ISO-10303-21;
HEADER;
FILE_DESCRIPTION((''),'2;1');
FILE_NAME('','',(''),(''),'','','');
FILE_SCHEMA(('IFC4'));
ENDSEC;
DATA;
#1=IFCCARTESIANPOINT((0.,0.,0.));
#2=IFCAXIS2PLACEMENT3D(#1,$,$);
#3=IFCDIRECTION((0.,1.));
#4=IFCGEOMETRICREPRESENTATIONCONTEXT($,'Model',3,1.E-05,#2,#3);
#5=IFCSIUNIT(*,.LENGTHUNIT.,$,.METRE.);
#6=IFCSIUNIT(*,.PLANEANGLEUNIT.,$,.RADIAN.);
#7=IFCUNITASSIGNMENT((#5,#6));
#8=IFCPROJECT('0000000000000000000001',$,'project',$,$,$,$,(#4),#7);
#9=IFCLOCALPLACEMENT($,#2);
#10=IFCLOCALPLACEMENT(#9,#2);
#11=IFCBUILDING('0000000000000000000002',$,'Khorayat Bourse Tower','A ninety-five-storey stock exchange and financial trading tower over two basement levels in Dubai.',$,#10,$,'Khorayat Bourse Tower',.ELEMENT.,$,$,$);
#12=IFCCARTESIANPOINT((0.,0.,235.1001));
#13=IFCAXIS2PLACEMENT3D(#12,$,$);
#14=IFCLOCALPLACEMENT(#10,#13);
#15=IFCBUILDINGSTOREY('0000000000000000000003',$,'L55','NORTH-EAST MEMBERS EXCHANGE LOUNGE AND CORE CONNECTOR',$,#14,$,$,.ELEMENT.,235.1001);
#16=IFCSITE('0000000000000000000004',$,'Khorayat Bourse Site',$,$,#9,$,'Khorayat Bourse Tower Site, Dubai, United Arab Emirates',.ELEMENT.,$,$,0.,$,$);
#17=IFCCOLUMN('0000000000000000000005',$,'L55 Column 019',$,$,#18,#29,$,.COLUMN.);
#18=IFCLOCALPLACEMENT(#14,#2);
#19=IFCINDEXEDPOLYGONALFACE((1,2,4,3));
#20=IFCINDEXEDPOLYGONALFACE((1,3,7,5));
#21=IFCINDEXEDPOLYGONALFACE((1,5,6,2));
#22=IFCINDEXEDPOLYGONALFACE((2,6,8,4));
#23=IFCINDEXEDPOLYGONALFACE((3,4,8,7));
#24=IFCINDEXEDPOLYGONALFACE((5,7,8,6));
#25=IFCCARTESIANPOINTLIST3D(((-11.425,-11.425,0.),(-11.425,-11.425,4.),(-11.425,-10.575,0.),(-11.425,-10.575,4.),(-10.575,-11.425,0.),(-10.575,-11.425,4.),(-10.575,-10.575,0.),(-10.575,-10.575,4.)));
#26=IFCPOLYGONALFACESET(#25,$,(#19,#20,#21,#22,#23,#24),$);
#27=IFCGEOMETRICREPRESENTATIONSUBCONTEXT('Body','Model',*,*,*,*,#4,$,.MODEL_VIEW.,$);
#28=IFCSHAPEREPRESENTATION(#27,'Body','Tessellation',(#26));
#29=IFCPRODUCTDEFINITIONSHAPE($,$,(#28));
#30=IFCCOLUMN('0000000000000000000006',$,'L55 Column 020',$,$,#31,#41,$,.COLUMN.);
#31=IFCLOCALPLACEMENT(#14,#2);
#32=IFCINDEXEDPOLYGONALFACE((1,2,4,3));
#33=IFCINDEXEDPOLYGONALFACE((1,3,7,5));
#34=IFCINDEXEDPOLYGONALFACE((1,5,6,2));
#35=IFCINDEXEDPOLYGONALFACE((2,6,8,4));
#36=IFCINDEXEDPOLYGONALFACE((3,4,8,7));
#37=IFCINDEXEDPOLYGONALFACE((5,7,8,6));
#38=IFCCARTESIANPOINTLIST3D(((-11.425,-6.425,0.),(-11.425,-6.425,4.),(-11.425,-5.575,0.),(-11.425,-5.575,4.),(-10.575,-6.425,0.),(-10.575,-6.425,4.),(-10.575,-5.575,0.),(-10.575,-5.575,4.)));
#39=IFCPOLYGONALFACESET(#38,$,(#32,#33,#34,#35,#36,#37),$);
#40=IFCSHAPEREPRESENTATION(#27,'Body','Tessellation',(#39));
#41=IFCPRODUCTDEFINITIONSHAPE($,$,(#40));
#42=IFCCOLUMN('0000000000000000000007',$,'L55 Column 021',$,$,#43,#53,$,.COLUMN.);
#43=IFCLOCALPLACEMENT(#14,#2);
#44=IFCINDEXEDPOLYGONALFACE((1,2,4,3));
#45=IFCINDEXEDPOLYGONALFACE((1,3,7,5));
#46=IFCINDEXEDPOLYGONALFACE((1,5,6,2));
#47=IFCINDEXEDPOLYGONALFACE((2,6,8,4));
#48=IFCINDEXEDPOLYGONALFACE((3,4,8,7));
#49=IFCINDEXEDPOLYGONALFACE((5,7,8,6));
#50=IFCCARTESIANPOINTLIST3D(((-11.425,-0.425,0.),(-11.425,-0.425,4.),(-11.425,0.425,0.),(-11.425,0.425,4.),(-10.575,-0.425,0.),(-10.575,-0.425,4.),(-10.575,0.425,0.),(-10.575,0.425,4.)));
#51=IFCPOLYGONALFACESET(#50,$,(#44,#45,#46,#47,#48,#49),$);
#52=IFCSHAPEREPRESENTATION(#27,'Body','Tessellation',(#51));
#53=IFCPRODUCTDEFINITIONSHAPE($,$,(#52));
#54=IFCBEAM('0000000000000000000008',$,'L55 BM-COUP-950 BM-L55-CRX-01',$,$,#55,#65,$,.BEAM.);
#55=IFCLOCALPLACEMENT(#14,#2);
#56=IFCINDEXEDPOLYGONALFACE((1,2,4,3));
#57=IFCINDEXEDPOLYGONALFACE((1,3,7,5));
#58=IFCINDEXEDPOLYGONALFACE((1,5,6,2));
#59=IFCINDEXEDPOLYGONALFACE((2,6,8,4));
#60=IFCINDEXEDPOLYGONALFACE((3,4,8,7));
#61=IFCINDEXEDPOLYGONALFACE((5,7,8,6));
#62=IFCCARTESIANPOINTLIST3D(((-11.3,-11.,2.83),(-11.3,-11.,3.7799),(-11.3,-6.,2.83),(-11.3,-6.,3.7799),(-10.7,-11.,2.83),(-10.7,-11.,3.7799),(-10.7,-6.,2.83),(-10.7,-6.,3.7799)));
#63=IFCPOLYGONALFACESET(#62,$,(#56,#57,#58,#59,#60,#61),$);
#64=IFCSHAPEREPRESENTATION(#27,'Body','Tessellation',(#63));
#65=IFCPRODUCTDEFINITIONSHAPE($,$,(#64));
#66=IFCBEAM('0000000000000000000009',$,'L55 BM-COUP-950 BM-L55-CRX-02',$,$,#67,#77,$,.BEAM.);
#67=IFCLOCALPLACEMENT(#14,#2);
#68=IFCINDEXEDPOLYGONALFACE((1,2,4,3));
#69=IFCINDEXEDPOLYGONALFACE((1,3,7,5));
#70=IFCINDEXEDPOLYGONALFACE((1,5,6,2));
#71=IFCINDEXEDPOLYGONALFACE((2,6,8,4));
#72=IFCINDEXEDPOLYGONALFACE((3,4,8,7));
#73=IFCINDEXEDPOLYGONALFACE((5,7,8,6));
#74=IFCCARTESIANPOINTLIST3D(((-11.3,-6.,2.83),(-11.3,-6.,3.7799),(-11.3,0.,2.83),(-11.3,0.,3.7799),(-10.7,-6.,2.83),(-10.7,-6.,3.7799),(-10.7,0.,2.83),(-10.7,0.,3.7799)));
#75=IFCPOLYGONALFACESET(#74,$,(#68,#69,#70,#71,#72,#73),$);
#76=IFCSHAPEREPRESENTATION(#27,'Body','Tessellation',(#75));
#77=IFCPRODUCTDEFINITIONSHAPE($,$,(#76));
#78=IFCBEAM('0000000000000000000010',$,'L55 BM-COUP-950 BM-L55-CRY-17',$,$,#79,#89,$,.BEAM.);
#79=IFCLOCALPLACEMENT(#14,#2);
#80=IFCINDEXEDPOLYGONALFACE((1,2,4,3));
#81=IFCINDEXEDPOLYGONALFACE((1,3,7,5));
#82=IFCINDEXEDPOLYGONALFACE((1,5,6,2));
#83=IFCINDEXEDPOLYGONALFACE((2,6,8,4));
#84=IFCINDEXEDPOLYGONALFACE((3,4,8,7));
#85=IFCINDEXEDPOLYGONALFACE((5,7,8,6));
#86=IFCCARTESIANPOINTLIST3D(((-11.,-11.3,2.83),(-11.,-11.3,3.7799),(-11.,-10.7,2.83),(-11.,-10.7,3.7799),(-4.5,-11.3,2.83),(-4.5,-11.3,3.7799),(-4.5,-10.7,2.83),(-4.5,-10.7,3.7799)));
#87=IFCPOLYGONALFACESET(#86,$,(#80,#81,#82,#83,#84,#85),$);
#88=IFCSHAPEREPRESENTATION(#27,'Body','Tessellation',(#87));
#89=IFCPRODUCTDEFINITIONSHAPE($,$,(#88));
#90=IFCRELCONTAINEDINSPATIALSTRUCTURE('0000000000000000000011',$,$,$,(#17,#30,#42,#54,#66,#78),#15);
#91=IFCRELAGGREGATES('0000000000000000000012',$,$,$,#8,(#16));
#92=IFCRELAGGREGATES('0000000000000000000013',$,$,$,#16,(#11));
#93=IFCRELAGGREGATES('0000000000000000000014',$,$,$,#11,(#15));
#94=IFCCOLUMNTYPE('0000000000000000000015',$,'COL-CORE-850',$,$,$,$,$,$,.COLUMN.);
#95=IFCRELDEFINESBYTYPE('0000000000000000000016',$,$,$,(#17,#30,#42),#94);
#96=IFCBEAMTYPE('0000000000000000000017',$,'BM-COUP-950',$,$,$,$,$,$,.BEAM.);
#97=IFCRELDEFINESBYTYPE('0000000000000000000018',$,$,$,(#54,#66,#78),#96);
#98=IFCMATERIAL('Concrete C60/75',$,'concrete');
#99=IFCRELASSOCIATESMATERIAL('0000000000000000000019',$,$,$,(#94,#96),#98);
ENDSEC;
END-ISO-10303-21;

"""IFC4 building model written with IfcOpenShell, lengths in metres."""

from ifc_helpers import new_model, si_unit, direction, frame, origin, origin_2d, place, context, subcontext, project, spatial, rectangle, extrude, source, transform, mapped, material, material_profile, profile_set, type_object, element, save


model = new_model("IFC4")

# Units and contexts
model_context = context("Model", 3, precision=1e-05, world=origin(), true_north=direction((0.0, 1.0)))
body_context = subcontext(model_context, "Body", "Model", "MODEL_VIEW")
ifc_project = project(units=[si_unit("LENGTHUNIT", "METRE"), si_unit("PLANEANGLEUNIT", "RADIAN")], contexts=[model_context])

# Site, building, storey
site_placement = place(None, origin())
site = spatial("IfcSite", under=ifc_project, at=site_placement, Name="Khorayat Bourse Site", LongName="Khorayat Bourse Tower Site, Dubai, United Arab Emirates", CompositionType="ELEMENT", RefElevation=0.0)
building_placement = place(site_placement, origin())
building = spatial("IfcBuilding", under=site, at=building_placement, Name="Khorayat Bourse Tower", Description="A ninety-five-storey stock exchange and financial trading tower over two basement levels in Dubai.", LongName="Khorayat Bourse Tower", CompositionType="ELEMENT")
storey_placement = place(building_placement, frame((0.0, 0.0, 235.1001)))
storey = spatial("IfcBuildingStorey", under=building, at=storey_placement, Name="L55", Description="NORTH-EAST MEMBERS EXCHANGE LOUNGE AND CORE CONNECTOR", CompositionType="ELEMENT", Elevation=235.1001)

# Columns
ifc_material_1 = material(Name="Concrete C60/75", Category="concrete")
ifc_material_profile_1 = material_profile(ifc_material_1, rectangle(XDim=0.8501, YDim=0.8501, at=origin_2d()), Name="RC 850x850")
ifc_profile_set_1 = profile_set([ifc_material_profile_1], Name="Concrete C60/75")
column_type = type_object("IfcColumnType", Name="COL-CORE-850", PredefinedType="COLUMN", material=ifc_profile_set_1)
shared_shape_1 = source(origin(), body_context, "Body", "SweptSolid", [
    extrude(rectangle(XDim=0.8501, YDim=0.8501, at=origin_2d()), origin(), (0.0, 0.0, 1.0), 4.0),
])
for number, where, z_axis, x_axis, name in (
    (1, (-11.0, -11.0, 0.0), (0.0, 0.0, 1.0), (1.0, 0.0, 0.0), "L55 Column 019"),
    (2, (-11.0, -6.0, 0.0), (0.0, 0.0, 1.0), (1.0, 0.0, 0.0), "L55 Column 020"),
    (3, (-11.0, 0.0, 0.0), (0.0, 0.0, 1.0), (1.0, 0.0, 0.0), "L55 Column 021"),
):
    element("IfcColumn", number, at=place(storey_placement, frame(where, z_axis=z_axis, x_axis=x_axis)), inside=storey, type_object=column_type, Name=name, PredefinedType="COLUMN", context=body_context, shape_type="MappedRepresentation", body=[
        mapped(shared_shape_1, transform((0.0, 0.0, 0.0), scale=1.0)),
    ])

# Beams
ifc_material_profile_2 = material_profile(ifc_material_1, rectangle(XDim=0.6001, YDim=0.95, at=origin_2d()), Name="RC 600x950")
ifc_profile_set_2 = profile_set([ifc_material_profile_2], Name="Concrete C60/75")
beam_type = type_object("IfcBeamType", Name="BM-COUP-950", PredefinedType="BEAM", material=ifc_profile_set_2)
shared_shape_2 = source(origin(), body_context, "Body", "SweptSolid", [
    extrude(rectangle(XDim=0.6001, YDim=0.95, at=origin_2d()), origin(), (0.0, 0.0, 1.0), 5.0),
])
beam_1_placement = place(storey_placement, frame((-11.0, -11.0, 3.3049), z_axis=(0.0, 1.0, 0.0), x_axis=(-1.0, 0.0, 0.0)))
element("IfcBeam", 4, at=beam_1_placement, inside=storey, type_object=beam_type, Name="L55 BM-COUP-950 BM-L55-CRX-01", PredefinedType="BEAM", context=body_context, shape_type="MappedRepresentation", body=[
    mapped(shared_shape_2, transform((0.0, 0.0, 0.0), scale=1.0)),
])
shared_shape_3 = source(origin(), body_context, "Body", "SweptSolid", [
    extrude(rectangle(XDim=0.6001, YDim=0.95, at=origin_2d()), origin(), (0.0, 0.0, 1.0), 6.0),
])
beam_2_placement = place(storey_placement, frame((-11.0, -6.0, 3.3049), z_axis=(0.0, 1.0, 0.0), x_axis=(-1.0, 0.0, 0.0)))
element("IfcBeam", 5, at=beam_2_placement, inside=storey, type_object=beam_type, Name="L55 BM-COUP-950 BM-L55-CRX-02", PredefinedType="BEAM", context=body_context, shape_type="MappedRepresentation", body=[
    mapped(shared_shape_3, transform((0.0, 0.0, 0.0), scale=1.0)),
])
shared_shape_4 = source(origin(), body_context, "Body", "SweptSolid", [
    extrude(rectangle(XDim=0.6001, YDim=0.95, at=origin_2d()), origin(), (0.0, 0.0, 1.0), 6.5),
])
beam_3_placement = place(storey_placement, frame((-11.0, -11.0, 3.3049), z_axis=(1.0, 0.0, 0.0), x_axis=(0.0, 1.0, 0.0)))
element("IfcBeam", 6, at=beam_3_placement, inside=storey, type_object=beam_type, Name="L55 BM-COUP-950 BM-L55-CRY-17", PredefinedType="BEAM", context=body_context, shape_type="MappedRepresentation", body=[
    mapped(shared_shape_4, transform((0.0, 0.0, 0.0), scale=1.0)),
])

save(model, "model.ifc")
